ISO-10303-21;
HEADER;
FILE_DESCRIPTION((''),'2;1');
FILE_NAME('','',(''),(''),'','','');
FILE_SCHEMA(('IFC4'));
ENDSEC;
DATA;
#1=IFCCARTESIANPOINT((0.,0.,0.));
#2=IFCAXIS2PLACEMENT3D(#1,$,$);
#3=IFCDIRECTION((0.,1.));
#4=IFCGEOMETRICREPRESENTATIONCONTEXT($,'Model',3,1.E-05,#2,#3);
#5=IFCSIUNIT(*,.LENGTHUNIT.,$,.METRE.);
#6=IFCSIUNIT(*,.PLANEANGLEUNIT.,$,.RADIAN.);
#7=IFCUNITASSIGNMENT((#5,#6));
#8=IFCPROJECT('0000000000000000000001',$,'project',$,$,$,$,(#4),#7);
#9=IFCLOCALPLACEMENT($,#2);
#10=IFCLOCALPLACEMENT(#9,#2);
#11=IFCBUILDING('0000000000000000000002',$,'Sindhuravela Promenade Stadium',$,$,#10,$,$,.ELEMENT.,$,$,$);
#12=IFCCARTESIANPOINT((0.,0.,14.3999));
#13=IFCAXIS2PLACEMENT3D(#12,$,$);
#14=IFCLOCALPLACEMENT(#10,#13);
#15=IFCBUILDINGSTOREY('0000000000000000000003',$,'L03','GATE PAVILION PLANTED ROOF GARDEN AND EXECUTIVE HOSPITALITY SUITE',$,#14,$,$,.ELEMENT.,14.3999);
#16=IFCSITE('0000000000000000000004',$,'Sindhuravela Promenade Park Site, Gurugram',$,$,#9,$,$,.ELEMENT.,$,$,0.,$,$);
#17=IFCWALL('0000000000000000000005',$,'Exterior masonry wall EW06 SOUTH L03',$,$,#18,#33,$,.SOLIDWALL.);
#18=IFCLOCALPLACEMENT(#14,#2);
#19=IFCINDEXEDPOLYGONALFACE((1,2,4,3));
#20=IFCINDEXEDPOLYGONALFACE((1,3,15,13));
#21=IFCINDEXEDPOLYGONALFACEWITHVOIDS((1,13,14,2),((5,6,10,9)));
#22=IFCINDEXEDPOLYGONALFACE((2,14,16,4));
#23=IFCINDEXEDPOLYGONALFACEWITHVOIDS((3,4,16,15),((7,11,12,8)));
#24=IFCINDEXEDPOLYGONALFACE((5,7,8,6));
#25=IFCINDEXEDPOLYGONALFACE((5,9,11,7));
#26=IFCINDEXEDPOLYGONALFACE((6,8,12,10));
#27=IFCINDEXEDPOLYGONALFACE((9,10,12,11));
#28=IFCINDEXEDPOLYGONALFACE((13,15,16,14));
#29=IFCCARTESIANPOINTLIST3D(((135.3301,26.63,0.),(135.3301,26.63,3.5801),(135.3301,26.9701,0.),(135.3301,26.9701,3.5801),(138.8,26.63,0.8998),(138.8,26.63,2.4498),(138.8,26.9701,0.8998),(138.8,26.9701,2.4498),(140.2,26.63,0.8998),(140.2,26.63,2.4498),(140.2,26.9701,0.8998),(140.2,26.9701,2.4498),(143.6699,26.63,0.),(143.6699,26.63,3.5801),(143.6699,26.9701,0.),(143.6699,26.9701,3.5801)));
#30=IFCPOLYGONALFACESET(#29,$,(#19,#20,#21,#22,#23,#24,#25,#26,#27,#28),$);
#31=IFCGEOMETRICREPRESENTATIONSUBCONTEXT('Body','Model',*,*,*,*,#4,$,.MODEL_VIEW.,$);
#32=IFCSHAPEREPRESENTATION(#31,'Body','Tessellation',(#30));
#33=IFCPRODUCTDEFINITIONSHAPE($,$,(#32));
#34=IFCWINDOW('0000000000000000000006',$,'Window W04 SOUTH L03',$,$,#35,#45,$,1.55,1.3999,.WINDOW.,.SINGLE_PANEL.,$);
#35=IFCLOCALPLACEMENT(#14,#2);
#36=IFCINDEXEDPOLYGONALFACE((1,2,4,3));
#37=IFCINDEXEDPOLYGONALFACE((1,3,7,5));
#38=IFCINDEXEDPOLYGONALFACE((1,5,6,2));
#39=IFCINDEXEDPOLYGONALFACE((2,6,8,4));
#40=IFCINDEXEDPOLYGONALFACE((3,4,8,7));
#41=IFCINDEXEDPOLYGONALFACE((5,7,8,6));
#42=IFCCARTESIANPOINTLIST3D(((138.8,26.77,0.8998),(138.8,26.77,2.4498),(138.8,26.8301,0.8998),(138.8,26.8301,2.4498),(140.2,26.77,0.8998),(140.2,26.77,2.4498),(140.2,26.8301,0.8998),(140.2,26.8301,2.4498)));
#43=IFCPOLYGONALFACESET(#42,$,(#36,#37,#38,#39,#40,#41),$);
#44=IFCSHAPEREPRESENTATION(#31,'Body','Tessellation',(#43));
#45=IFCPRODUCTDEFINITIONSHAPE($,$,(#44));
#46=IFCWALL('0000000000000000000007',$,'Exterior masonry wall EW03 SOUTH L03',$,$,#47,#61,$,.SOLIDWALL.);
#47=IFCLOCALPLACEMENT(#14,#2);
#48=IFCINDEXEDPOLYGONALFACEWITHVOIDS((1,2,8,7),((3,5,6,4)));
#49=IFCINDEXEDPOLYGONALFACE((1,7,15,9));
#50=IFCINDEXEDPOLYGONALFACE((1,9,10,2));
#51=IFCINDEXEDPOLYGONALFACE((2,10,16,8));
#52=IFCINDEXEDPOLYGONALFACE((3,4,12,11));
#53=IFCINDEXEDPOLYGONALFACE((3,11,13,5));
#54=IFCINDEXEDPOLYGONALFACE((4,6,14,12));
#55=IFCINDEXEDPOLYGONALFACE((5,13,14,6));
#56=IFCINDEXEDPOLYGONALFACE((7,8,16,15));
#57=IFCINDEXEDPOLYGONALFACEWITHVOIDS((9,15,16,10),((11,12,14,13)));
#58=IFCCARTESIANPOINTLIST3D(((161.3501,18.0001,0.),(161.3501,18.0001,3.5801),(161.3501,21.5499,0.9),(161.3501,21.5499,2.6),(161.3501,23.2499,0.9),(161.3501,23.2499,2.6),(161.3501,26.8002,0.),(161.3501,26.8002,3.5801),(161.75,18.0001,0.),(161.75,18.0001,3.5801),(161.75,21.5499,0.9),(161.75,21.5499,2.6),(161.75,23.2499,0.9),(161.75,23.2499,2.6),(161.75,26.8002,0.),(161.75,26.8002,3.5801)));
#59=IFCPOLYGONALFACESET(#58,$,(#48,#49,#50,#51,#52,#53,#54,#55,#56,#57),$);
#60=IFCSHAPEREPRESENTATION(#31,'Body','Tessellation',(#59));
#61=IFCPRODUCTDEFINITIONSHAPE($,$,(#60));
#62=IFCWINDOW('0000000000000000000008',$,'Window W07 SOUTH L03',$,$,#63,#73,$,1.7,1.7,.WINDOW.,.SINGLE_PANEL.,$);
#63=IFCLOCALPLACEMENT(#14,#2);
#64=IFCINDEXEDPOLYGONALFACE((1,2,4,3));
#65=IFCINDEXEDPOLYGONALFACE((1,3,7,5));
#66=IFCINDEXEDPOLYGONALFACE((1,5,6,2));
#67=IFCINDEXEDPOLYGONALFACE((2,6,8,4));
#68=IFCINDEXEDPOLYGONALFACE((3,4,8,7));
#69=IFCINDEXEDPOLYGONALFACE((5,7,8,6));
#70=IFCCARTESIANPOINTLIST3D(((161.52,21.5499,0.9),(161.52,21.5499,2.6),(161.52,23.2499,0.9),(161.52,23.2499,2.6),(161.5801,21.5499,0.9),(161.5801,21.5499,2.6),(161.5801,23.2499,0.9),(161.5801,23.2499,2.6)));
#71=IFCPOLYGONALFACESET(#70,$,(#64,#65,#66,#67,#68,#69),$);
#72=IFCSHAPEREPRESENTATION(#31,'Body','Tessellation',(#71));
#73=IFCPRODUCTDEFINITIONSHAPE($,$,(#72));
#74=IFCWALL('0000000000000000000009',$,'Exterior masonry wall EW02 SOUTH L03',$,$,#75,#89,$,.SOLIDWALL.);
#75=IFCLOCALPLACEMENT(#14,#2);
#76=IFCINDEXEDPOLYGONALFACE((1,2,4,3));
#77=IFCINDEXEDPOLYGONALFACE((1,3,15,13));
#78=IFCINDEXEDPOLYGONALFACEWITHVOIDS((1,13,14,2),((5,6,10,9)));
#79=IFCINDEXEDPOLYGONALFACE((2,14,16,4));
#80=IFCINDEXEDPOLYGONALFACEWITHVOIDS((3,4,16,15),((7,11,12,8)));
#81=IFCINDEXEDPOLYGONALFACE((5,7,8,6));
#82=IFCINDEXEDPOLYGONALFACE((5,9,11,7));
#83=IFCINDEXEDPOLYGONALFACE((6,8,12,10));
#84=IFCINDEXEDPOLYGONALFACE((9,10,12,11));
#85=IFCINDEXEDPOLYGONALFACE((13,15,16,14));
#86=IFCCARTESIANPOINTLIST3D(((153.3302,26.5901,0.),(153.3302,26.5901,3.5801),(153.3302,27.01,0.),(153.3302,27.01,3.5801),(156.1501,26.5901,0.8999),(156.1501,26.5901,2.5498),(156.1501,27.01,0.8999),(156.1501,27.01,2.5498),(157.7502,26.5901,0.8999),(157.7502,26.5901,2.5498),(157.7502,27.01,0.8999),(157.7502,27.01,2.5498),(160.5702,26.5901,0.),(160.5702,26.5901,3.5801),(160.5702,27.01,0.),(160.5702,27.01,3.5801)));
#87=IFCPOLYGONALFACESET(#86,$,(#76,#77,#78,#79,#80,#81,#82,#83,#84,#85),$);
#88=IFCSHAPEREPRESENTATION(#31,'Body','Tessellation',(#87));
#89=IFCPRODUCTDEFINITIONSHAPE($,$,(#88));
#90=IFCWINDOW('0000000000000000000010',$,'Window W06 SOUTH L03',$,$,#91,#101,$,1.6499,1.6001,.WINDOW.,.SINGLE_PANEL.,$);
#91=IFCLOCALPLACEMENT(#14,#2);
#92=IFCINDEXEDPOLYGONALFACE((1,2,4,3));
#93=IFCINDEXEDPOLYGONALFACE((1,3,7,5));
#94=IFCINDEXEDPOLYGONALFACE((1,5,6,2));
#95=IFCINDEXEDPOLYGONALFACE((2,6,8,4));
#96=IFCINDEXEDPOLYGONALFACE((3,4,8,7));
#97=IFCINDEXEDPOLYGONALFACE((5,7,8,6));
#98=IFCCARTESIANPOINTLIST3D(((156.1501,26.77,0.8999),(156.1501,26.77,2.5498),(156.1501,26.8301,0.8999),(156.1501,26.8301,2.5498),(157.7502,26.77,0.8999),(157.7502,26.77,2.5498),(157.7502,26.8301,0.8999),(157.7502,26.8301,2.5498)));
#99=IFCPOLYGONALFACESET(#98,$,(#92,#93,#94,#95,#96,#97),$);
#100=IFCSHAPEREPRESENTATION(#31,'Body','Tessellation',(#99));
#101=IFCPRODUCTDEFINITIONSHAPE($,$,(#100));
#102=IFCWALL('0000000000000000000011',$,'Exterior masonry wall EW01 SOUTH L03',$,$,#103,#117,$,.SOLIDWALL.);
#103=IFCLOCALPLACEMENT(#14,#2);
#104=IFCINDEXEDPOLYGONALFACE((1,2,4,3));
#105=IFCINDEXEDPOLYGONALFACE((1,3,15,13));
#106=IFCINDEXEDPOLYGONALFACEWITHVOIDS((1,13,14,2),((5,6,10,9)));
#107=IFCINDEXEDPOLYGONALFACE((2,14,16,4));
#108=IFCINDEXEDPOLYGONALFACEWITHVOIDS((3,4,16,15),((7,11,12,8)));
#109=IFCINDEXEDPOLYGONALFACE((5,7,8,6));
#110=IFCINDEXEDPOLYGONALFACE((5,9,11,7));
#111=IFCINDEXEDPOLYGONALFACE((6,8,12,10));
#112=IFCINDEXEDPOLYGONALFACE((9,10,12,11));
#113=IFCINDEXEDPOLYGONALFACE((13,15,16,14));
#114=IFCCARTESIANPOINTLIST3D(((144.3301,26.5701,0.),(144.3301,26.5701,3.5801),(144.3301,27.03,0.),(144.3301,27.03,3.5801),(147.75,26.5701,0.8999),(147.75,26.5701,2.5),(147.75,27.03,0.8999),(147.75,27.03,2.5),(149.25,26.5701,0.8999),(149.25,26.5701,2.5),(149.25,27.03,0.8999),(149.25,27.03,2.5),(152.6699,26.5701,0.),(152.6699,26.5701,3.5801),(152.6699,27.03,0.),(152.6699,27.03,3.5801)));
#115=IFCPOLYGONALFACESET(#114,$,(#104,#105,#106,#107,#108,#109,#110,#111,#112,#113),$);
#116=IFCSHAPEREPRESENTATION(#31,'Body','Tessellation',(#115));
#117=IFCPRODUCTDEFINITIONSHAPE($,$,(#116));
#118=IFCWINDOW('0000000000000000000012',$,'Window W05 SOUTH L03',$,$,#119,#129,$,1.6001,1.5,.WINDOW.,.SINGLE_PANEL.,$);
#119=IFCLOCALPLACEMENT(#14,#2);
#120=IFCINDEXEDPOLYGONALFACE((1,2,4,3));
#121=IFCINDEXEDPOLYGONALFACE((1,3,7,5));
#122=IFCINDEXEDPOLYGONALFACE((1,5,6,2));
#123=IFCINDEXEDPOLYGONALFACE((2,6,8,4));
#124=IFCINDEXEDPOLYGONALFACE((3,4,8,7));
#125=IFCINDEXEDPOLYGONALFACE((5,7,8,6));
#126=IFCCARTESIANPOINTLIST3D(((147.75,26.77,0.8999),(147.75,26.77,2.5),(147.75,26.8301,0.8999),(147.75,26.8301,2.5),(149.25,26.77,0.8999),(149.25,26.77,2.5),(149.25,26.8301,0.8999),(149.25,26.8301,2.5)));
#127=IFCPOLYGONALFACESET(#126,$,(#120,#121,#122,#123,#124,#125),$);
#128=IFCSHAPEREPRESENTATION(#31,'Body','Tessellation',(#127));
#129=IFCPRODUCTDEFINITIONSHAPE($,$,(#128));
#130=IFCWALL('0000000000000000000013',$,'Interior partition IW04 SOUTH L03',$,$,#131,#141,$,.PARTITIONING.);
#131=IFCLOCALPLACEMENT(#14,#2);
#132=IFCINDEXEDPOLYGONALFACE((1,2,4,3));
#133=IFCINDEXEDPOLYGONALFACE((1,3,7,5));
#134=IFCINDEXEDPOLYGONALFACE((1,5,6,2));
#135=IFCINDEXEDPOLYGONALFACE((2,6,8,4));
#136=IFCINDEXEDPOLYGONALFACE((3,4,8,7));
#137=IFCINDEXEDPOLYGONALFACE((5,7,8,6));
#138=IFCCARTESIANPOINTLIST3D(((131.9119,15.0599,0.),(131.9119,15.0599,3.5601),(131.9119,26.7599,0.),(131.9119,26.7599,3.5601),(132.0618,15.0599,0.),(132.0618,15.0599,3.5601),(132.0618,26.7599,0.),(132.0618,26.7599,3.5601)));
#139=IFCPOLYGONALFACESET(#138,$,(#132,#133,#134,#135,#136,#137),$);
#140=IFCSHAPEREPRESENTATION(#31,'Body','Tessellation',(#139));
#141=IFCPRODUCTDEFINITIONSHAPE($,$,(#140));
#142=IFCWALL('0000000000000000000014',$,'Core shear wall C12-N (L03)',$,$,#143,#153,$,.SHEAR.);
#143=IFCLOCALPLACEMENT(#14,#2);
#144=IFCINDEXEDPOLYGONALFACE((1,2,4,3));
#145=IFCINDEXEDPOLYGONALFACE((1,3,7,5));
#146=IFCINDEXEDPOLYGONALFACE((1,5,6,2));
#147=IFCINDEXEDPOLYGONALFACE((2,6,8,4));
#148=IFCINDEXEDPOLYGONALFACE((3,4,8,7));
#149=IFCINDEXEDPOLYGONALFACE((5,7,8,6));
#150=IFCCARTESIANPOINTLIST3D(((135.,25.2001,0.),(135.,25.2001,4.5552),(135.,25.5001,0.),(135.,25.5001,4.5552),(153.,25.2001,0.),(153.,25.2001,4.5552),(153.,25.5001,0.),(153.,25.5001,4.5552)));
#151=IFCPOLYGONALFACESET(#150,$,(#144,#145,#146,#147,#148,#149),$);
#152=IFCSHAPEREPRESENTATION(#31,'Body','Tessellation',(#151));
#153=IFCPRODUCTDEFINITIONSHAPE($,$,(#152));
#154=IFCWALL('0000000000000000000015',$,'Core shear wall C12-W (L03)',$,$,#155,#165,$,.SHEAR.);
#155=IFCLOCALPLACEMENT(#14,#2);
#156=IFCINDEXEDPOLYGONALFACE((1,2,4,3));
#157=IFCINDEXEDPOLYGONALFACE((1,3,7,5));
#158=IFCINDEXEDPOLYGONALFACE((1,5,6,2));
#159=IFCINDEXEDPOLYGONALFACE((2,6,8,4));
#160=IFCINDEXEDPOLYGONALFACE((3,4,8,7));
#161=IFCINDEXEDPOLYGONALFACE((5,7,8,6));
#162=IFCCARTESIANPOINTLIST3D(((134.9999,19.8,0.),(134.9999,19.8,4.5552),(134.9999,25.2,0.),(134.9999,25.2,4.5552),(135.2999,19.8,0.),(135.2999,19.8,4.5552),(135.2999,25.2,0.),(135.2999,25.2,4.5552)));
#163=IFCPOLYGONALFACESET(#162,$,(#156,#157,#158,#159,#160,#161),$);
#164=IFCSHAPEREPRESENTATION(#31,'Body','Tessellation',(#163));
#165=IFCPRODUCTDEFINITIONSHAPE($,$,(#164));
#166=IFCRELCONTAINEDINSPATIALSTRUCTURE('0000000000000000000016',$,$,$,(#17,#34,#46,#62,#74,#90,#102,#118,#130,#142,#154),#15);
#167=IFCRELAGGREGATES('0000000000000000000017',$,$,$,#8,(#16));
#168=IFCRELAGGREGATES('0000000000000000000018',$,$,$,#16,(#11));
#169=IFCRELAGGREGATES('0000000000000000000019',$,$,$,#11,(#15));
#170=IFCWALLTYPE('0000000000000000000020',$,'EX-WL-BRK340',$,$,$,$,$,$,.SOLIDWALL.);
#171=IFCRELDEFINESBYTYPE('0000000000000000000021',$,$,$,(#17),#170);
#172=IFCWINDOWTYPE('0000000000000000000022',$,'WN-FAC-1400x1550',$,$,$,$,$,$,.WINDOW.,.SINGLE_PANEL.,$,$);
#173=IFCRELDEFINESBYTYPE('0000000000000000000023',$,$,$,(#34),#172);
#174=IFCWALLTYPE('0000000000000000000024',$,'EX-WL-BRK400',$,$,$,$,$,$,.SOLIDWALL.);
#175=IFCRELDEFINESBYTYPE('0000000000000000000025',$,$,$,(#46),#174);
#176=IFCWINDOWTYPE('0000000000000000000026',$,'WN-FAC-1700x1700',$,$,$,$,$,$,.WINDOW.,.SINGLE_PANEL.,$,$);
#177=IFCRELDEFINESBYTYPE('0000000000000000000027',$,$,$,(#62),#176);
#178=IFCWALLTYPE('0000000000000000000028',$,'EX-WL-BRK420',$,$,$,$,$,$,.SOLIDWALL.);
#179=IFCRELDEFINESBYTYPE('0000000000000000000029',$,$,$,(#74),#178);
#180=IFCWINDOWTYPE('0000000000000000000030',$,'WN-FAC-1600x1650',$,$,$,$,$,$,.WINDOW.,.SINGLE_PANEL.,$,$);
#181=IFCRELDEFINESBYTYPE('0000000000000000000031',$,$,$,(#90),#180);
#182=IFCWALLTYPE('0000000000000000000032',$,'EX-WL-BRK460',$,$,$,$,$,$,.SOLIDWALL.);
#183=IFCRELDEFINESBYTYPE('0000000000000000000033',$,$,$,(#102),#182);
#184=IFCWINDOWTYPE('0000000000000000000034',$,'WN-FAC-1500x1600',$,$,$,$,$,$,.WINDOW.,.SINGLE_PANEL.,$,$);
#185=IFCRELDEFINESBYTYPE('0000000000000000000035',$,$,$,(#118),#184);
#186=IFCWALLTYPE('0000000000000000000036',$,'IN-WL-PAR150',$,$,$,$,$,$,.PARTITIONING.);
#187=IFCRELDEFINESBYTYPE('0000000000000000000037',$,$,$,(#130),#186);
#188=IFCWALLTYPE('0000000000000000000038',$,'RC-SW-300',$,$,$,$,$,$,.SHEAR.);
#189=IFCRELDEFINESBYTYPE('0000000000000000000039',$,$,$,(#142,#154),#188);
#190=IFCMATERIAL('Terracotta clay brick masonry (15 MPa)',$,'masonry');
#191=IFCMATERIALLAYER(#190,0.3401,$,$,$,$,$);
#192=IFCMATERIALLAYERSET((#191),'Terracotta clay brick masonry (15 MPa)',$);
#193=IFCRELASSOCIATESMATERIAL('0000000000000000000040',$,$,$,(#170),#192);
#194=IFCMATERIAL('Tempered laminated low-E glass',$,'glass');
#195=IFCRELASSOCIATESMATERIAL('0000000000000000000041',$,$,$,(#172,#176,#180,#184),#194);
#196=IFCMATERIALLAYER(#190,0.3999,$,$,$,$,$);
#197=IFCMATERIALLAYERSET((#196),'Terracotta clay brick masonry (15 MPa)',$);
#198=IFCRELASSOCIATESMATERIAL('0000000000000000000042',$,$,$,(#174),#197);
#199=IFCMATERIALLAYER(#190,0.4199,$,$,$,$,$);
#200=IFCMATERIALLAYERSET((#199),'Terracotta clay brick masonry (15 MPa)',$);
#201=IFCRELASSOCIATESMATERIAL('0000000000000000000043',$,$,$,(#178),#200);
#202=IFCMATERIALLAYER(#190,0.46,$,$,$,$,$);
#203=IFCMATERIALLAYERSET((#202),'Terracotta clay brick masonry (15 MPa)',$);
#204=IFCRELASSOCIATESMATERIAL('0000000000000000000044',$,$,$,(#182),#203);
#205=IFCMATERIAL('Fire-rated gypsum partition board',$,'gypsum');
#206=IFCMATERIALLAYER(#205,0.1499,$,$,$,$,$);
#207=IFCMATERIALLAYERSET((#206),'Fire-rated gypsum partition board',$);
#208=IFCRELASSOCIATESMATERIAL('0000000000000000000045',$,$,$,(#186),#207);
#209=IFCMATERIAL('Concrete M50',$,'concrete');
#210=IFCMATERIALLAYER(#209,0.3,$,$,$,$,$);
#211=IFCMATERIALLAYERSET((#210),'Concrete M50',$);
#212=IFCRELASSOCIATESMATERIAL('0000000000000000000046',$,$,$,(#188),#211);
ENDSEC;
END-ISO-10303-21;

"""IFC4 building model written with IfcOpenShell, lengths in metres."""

from ifc_helpers import new_model, si_unit, direction, frame, frame_2d, origin, place, context, subcontext, project, spatial, rectangle, extrude, material, layer, layer_set, type_object, element, fill, save


model = new_model("IFC4")

# Units and contexts
model_context = context("Model", 3, precision=1e-05, world=origin(), true_north=direction((0.0, 1.0)))
body_context = subcontext(model_context, "Body", "Model", "MODEL_VIEW")
ifc_project = project(units=[si_unit("LENGTHUNIT", "METRE"), si_unit("PLANEANGLEUNIT", "RADIAN")], contexts=[model_context])

# Site, building, storey
site_placement = place(None, origin())
site = spatial("IfcSite", under=ifc_project, at=site_placement, Name="Sindhuravela Promenade Park Site, Gurugram", CompositionType="ELEMENT", RefElevation=0.0)
building_placement = place(site_placement, origin())
building = spatial("IfcBuilding", under=site, at=building_placement, Name="Sindhuravela Promenade Stadium", CompositionType="ELEMENT")
storey_placement = place(building_placement, frame((0.0, 0.0, 14.3999)))
storey = spatial("IfcBuildingStorey", under=building, at=storey_placement, Name="L03", Description="GATE PAVILION PLANTED ROOF GARDEN AND EXECUTIVE HOSPITALITY SUITE", CompositionType="ELEMENT", Elevation=14.3999)

# Walls, openings, windows
ifc_material_1 = material(Name="Terracotta clay brick masonry (15 MPa)", Category="masonry")
ifc_layer_1 = layer(ifc_material_1, 0.3401)
ifc_layer_set_1 = layer_set([ifc_layer_1], Name="Terracotta clay brick masonry (15 MPa)")
wall_type_1 = type_object("IfcWallType", Name="EX-WL-BRK340", PredefinedType="SOLIDWALL", material=ifc_layer_set_1)
wall_1_placement = place(storey_placement, frame((135.3301, 26.8, 0.0), z_axis=(0.0, 0.0, 1.0), x_axis=(1.0, 0.0, 0.0)))
wall_1 = element("IfcWall", 1, at=wall_1_placement, inside=storey, type_object=wall_type_1, Name="Exterior masonry wall EW06 SOUTH L03", PredefinedType="SOLIDWALL", context=body_context, shape_type="SweptSolid", body=[
    extrude(rectangle(XDim=8.3398, YDim=0.3401, at=frame_2d((4.1699, 0.0))), origin(), (0.0, 0.0, 1.0), 3.5801),
])
opening_1_placement = place(wall_1_placement, frame((3.47, 0.0, 0.8999)))
opening_1 = element("IfcOpeningElement", 2, at=opening_1_placement, cuts=wall_1, PredefinedType="OPENING", context=body_context, shape_type="SweptSolid", body=[
    extrude(rectangle(XDim=1.3999, YDim=1.55, at=frame_2d((0.7, 0.7749))), frame((0.0, 0.1799, 0.0), z_axis=(0.0, -1.0, 0.0), x_axis=(1.0, 0.0, 0.0)), (0.0, 0.0, 1.0), 0.3601),
])
ifc_material_2 = material(Name="Tempered laminated low-E glass", Category="glass")
window_type_1 = type_object("IfcWindowType", Name="WN-FAC-1400x1550", PartitioningType="SINGLE_PANEL", PredefinedType="WINDOW", material=ifc_material_2)
window_1_placement = place(opening_1_placement, origin())
window_1 = element("IfcWindow", 3, at=window_1_placement, inside=storey, type_object=window_type_1, Name="Window W04 SOUTH L03", OverallHeight=1.55, OverallWidth=1.3999, PartitioningType="SINGLE_PANEL", PredefinedType="WINDOW", context=body_context, shape_type="SweptSolid", body=[
    extrude(rectangle(XDim=1.3999, YDim=1.55, at=frame_2d((0.7, 0.7749))), frame((0.0, 0.03, 0.0), z_axis=(0.0, -1.0, 0.0), x_axis=(1.0, 0.0, 0.0)), (0.0, 0.0, 1.0), 0.0601),
])
fill(opening_1, window_1)
ifc_layer_2 = layer(ifc_material_1, 0.3999)
ifc_layer_set_2 = layer_set([ifc_layer_2], Name="Terracotta clay brick masonry (15 MPa)")
wall_type_2 = type_object("IfcWallType", Name="EX-WL-BRK400", PredefinedType="SOLIDWALL", material=ifc_layer_set_2)
wall_2_placement = place(storey_placement, frame((161.55, 26.8, 0.0), z_axis=(0.0, 0.0, 1.0), x_axis=(0.0, -1.0, 0.0)))
wall_2 = element("IfcWall", 4, at=wall_2_placement, inside=storey, type_object=wall_type_2, Name="Exterior masonry wall EW03 SOUTH L03", PredefinedType="SOLIDWALL", context=body_context, shape_type="SweptSolid", body=[
    extrude(rectangle(XDim=8.8, YDim=0.3999, at=frame_2d((4.3999, 0.0))), origin(), (0.0, 0.0, 1.0), 3.5801),
])
opening_2_placement = place(wall_2_placement, frame((3.55, 0.0, 0.8999)))
opening_2 = element("IfcOpeningElement", 5, at=opening_2_placement, cuts=wall_2, PredefinedType="OPENING", context=body_context, shape_type="SweptSolid", body=[
    extrude(rectangle(XDim=1.7, YDim=1.7, at=frame_2d((0.8501, 0.8501))), frame((0.0, 0.21, 0.0), z_axis=(0.0, -1.0, 0.0), x_axis=(1.0, 0.0, 0.0)), (0.0, 0.0, 1.0), 0.4199),
])
window_type_2 = type_object("IfcWindowType", Name="WN-FAC-1700x1700", PartitioningType="SINGLE_PANEL", PredefinedType="WINDOW", material=ifc_material_2)
window_2_placement = place(opening_2_placement, origin())
window_2 = element("IfcWindow", 6, at=window_2_placement, inside=storey, type_object=window_type_2, Name="Window W07 SOUTH L03", OverallHeight=1.7, OverallWidth=1.7, PartitioningType="SINGLE_PANEL", PredefinedType="WINDOW", context=body_context, shape_type="SweptSolid", body=[
    extrude(rectangle(XDim=1.7, YDim=1.7, at=frame_2d((0.8501, 0.8501))), frame((0.0, 0.03, 0.0), z_axis=(0.0, -1.0, 0.0), x_axis=(1.0, 0.0, 0.0)), (0.0, 0.0, 1.0), 0.0601),
])
fill(opening_2, window_2)
ifc_layer_3 = layer(ifc_material_1, 0.4199)
ifc_layer_set_3 = layer_set([ifc_layer_3], Name="Terracotta clay brick masonry (15 MPa)")
wall_type_3 = type_object("IfcWallType", Name="EX-WL-BRK420", PredefinedType="SOLIDWALL", material=ifc_layer_set_3)
wall_3_placement = place(storey_placement, frame((153.3301, 26.8, 0.0), z_axis=(0.0, 0.0, 1.0), x_axis=(1.0, 0.0, 0.0)))
wall_3 = element("IfcWall", 7, at=wall_3_placement, inside=storey, type_object=wall_type_3, Name="Exterior masonry wall EW02 SOUTH L03", PredefinedType="SOLIDWALL", context=body_context, shape_type="SweptSolid", body=[
    extrude(rectangle(XDim=7.24, YDim=0.4199, at=frame_2d((3.6201, 0.0))), origin(), (0.0, 0.0, 1.0), 3.5801),
])
opening_3_placement = place(wall_3_placement, frame((2.8201, 0.0, 0.8999)))
opening_3 = element("IfcOpeningElement", 8, at=opening_3_placement, cuts=wall_3, PredefinedType="OPENING", context=body_context, shape_type="SweptSolid", body=[
    extrude(rectangle(XDim=1.6001, YDim=1.6499, at=frame_2d((0.8, 0.825))), frame((0.0, 0.22, 0.0), z_axis=(0.0, -1.0, 0.0), x_axis=(1.0, 0.0, 0.0)), (0.0, 0.0, 1.0), 0.4399),
])
window_type_3 = type_object("IfcWindowType", Name="WN-FAC-1600x1650", PartitioningType="SINGLE_PANEL", PredefinedType="WINDOW", material=ifc_material_2)
window_3_placement = place(opening_3_placement, origin())
window_3 = element("IfcWindow", 9, at=window_3_placement, inside=storey, type_object=window_type_3, Name="Window W06 SOUTH L03", OverallHeight=1.6499, OverallWidth=1.6001, PartitioningType="SINGLE_PANEL", PredefinedType="WINDOW", context=body_context, shape_type="SweptSolid", body=[
    extrude(rectangle(XDim=1.6001, YDim=1.6499, at=frame_2d((0.8, 0.825))), frame((0.0, 0.03, 0.0), z_axis=(0.0, -1.0, 0.0), x_axis=(1.0, 0.0, 0.0)), (0.0, 0.0, 1.0), 0.0601),
])
fill(opening_3, window_3)
ifc_layer_4 = layer(ifc_material_1, 0.46)
ifc_layer_set_4 = layer_set([ifc_layer_4], Name="Terracotta clay brick masonry (15 MPa)")
wall_type_4 = type_object("IfcWallType", Name="EX-WL-BRK460", PredefinedType="SOLIDWALL", material=ifc_layer_set_4)
wall_4_placement = place(storey_placement, frame((144.3301, 26.8, 0.0), z_axis=(0.0, 0.0, 1.0), x_axis=(1.0, 0.0, 0.0)))
wall_4 = element("IfcWall", 10, at=wall_4_placement, inside=storey, type_object=wall_type_4, Name="Exterior masonry wall EW01 SOUTH L03", PredefinedType="SOLIDWALL", context=body_context, shape_type="SweptSolid", body=[
    extrude(rectangle(XDim=8.3398, YDim=0.46, at=frame_2d((4.1699, 0.0))), origin(), (0.0, 0.0, 1.0), 3.5801),
])
opening_4_placement = place(wall_4_placement, frame((3.4199, 0.0, 0.8999)))
opening_4 = element("IfcOpeningElement", 11, at=opening_4_placement, cuts=wall_4, PredefinedType="OPENING", context=body_context, shape_type="SweptSolid", body=[
    extrude(rectangle(XDim=1.5, YDim=1.6001, at=frame_2d((0.75, 0.8))), frame((0.0, 0.24, 0.0), z_axis=(0.0, -1.0, 0.0), x_axis=(1.0, 0.0, 0.0)), (0.0, 0.0, 1.0), 0.48),
])
window_type_4 = type_object("IfcWindowType", Name="WN-FAC-1500x1600", PartitioningType="SINGLE_PANEL", PredefinedType="WINDOW", material=ifc_material_2)
window_4_placement = place(opening_4_placement, origin())
window_4 = element("IfcWindow", 12, at=window_4_placement, inside=storey, type_object=window_type_4, Name="Window W05 SOUTH L03", OverallHeight=1.6001, OverallWidth=1.5, PartitioningType="SINGLE_PANEL", PredefinedType="WINDOW", context=body_context, shape_type="SweptSolid", body=[
    extrude(rectangle(XDim=1.5, YDim=1.6001, at=frame_2d((0.75, 0.8))), frame((0.0, 0.03, 0.0), z_axis=(0.0, -1.0, 0.0), x_axis=(1.0, 0.0, 0.0)), (0.0, 0.0, 1.0), 0.0601),
])
fill(opening_4, window_4)

# Walls
ifc_material_3 = material(Name="Fire-rated gypsum partition board", Category="gypsum")
ifc_layer_5 = layer(ifc_material_3, 0.1499)
ifc_layer_set_5 = layer_set([ifc_layer_5], Name="Fire-rated gypsum partition board")
wall_type_5 = type_object("IfcWallType", Name="IN-WL-PAR150", PredefinedType="PARTITIONING", material=ifc_layer_set_5)
wall_5_placement = place(storey_placement, frame((131.9868, 26.76, 0.0), z_axis=(0.0, 0.0, 1.0), x_axis=(0.0, -1.0, 0.0)))
element("IfcWall", 13, at=wall_5_placement, inside=storey, type_object=wall_type_5, Name="Interior partition IW04 SOUTH L03", PredefinedType="PARTITIONING", context=body_context, shape_type="SweptSolid", body=[
    extrude(rectangle(XDim=11.7, YDim=0.1499, at=frame_2d((5.8501, 0.0))), origin(), (0.0, 0.0, 1.0), 3.5601),
])
ifc_material_4 = material(Name="Concrete M50", Category="concrete")
ifc_layer_6 = layer(ifc_material_4, 0.3)
ifc_layer_set_6 = layer_set([ifc_layer_6], Name="Concrete M50")
wall_type_6 = type_object("IfcWallType", Name="RC-SW-300", PredefinedType="SHEAR", material=ifc_layer_set_6)
wall_6_placement = place(storey_placement, frame((153.0, 25.3501, 0.0), z_axis=(0.0, 0.0, 1.0), x_axis=(-1.0, 0.0, 0.0)))
element("IfcWall", 14, at=wall_6_placement, inside=storey, type_object=wall_type_6, Name="Core shear wall C12-N (L03)", PredefinedType="SHEAR", context=body_context, shape_type="SweptSolid", body=[
    extrude(rectangle(XDim=18.0, YDim=0.3, at=frame_2d((9.0, 0.0))), origin(), (0.0, 0.0, 1.0), 4.5552),
])
wall_7_placement = place(storey_placement, frame((135.1499, 25.2, 0.0), z_axis=(0.0, 0.0, 1.0), x_axis=(0.0, -1.0, 0.0)))
element("IfcWall", 15, at=wall_7_placement, inside=storey, type_object=wall_type_6, Name="Core shear wall C12-W (L03)", PredefinedType="SHEAR", context=body_context, shape_type="SweptSolid", body=[
    extrude(rectangle(XDim=5.3999, YDim=0.3, at=frame_2d((2.7, 0.0))), origin(), (0.0, 0.0, 1.0), 4.5552),
])

save(model, "model.ifc")
